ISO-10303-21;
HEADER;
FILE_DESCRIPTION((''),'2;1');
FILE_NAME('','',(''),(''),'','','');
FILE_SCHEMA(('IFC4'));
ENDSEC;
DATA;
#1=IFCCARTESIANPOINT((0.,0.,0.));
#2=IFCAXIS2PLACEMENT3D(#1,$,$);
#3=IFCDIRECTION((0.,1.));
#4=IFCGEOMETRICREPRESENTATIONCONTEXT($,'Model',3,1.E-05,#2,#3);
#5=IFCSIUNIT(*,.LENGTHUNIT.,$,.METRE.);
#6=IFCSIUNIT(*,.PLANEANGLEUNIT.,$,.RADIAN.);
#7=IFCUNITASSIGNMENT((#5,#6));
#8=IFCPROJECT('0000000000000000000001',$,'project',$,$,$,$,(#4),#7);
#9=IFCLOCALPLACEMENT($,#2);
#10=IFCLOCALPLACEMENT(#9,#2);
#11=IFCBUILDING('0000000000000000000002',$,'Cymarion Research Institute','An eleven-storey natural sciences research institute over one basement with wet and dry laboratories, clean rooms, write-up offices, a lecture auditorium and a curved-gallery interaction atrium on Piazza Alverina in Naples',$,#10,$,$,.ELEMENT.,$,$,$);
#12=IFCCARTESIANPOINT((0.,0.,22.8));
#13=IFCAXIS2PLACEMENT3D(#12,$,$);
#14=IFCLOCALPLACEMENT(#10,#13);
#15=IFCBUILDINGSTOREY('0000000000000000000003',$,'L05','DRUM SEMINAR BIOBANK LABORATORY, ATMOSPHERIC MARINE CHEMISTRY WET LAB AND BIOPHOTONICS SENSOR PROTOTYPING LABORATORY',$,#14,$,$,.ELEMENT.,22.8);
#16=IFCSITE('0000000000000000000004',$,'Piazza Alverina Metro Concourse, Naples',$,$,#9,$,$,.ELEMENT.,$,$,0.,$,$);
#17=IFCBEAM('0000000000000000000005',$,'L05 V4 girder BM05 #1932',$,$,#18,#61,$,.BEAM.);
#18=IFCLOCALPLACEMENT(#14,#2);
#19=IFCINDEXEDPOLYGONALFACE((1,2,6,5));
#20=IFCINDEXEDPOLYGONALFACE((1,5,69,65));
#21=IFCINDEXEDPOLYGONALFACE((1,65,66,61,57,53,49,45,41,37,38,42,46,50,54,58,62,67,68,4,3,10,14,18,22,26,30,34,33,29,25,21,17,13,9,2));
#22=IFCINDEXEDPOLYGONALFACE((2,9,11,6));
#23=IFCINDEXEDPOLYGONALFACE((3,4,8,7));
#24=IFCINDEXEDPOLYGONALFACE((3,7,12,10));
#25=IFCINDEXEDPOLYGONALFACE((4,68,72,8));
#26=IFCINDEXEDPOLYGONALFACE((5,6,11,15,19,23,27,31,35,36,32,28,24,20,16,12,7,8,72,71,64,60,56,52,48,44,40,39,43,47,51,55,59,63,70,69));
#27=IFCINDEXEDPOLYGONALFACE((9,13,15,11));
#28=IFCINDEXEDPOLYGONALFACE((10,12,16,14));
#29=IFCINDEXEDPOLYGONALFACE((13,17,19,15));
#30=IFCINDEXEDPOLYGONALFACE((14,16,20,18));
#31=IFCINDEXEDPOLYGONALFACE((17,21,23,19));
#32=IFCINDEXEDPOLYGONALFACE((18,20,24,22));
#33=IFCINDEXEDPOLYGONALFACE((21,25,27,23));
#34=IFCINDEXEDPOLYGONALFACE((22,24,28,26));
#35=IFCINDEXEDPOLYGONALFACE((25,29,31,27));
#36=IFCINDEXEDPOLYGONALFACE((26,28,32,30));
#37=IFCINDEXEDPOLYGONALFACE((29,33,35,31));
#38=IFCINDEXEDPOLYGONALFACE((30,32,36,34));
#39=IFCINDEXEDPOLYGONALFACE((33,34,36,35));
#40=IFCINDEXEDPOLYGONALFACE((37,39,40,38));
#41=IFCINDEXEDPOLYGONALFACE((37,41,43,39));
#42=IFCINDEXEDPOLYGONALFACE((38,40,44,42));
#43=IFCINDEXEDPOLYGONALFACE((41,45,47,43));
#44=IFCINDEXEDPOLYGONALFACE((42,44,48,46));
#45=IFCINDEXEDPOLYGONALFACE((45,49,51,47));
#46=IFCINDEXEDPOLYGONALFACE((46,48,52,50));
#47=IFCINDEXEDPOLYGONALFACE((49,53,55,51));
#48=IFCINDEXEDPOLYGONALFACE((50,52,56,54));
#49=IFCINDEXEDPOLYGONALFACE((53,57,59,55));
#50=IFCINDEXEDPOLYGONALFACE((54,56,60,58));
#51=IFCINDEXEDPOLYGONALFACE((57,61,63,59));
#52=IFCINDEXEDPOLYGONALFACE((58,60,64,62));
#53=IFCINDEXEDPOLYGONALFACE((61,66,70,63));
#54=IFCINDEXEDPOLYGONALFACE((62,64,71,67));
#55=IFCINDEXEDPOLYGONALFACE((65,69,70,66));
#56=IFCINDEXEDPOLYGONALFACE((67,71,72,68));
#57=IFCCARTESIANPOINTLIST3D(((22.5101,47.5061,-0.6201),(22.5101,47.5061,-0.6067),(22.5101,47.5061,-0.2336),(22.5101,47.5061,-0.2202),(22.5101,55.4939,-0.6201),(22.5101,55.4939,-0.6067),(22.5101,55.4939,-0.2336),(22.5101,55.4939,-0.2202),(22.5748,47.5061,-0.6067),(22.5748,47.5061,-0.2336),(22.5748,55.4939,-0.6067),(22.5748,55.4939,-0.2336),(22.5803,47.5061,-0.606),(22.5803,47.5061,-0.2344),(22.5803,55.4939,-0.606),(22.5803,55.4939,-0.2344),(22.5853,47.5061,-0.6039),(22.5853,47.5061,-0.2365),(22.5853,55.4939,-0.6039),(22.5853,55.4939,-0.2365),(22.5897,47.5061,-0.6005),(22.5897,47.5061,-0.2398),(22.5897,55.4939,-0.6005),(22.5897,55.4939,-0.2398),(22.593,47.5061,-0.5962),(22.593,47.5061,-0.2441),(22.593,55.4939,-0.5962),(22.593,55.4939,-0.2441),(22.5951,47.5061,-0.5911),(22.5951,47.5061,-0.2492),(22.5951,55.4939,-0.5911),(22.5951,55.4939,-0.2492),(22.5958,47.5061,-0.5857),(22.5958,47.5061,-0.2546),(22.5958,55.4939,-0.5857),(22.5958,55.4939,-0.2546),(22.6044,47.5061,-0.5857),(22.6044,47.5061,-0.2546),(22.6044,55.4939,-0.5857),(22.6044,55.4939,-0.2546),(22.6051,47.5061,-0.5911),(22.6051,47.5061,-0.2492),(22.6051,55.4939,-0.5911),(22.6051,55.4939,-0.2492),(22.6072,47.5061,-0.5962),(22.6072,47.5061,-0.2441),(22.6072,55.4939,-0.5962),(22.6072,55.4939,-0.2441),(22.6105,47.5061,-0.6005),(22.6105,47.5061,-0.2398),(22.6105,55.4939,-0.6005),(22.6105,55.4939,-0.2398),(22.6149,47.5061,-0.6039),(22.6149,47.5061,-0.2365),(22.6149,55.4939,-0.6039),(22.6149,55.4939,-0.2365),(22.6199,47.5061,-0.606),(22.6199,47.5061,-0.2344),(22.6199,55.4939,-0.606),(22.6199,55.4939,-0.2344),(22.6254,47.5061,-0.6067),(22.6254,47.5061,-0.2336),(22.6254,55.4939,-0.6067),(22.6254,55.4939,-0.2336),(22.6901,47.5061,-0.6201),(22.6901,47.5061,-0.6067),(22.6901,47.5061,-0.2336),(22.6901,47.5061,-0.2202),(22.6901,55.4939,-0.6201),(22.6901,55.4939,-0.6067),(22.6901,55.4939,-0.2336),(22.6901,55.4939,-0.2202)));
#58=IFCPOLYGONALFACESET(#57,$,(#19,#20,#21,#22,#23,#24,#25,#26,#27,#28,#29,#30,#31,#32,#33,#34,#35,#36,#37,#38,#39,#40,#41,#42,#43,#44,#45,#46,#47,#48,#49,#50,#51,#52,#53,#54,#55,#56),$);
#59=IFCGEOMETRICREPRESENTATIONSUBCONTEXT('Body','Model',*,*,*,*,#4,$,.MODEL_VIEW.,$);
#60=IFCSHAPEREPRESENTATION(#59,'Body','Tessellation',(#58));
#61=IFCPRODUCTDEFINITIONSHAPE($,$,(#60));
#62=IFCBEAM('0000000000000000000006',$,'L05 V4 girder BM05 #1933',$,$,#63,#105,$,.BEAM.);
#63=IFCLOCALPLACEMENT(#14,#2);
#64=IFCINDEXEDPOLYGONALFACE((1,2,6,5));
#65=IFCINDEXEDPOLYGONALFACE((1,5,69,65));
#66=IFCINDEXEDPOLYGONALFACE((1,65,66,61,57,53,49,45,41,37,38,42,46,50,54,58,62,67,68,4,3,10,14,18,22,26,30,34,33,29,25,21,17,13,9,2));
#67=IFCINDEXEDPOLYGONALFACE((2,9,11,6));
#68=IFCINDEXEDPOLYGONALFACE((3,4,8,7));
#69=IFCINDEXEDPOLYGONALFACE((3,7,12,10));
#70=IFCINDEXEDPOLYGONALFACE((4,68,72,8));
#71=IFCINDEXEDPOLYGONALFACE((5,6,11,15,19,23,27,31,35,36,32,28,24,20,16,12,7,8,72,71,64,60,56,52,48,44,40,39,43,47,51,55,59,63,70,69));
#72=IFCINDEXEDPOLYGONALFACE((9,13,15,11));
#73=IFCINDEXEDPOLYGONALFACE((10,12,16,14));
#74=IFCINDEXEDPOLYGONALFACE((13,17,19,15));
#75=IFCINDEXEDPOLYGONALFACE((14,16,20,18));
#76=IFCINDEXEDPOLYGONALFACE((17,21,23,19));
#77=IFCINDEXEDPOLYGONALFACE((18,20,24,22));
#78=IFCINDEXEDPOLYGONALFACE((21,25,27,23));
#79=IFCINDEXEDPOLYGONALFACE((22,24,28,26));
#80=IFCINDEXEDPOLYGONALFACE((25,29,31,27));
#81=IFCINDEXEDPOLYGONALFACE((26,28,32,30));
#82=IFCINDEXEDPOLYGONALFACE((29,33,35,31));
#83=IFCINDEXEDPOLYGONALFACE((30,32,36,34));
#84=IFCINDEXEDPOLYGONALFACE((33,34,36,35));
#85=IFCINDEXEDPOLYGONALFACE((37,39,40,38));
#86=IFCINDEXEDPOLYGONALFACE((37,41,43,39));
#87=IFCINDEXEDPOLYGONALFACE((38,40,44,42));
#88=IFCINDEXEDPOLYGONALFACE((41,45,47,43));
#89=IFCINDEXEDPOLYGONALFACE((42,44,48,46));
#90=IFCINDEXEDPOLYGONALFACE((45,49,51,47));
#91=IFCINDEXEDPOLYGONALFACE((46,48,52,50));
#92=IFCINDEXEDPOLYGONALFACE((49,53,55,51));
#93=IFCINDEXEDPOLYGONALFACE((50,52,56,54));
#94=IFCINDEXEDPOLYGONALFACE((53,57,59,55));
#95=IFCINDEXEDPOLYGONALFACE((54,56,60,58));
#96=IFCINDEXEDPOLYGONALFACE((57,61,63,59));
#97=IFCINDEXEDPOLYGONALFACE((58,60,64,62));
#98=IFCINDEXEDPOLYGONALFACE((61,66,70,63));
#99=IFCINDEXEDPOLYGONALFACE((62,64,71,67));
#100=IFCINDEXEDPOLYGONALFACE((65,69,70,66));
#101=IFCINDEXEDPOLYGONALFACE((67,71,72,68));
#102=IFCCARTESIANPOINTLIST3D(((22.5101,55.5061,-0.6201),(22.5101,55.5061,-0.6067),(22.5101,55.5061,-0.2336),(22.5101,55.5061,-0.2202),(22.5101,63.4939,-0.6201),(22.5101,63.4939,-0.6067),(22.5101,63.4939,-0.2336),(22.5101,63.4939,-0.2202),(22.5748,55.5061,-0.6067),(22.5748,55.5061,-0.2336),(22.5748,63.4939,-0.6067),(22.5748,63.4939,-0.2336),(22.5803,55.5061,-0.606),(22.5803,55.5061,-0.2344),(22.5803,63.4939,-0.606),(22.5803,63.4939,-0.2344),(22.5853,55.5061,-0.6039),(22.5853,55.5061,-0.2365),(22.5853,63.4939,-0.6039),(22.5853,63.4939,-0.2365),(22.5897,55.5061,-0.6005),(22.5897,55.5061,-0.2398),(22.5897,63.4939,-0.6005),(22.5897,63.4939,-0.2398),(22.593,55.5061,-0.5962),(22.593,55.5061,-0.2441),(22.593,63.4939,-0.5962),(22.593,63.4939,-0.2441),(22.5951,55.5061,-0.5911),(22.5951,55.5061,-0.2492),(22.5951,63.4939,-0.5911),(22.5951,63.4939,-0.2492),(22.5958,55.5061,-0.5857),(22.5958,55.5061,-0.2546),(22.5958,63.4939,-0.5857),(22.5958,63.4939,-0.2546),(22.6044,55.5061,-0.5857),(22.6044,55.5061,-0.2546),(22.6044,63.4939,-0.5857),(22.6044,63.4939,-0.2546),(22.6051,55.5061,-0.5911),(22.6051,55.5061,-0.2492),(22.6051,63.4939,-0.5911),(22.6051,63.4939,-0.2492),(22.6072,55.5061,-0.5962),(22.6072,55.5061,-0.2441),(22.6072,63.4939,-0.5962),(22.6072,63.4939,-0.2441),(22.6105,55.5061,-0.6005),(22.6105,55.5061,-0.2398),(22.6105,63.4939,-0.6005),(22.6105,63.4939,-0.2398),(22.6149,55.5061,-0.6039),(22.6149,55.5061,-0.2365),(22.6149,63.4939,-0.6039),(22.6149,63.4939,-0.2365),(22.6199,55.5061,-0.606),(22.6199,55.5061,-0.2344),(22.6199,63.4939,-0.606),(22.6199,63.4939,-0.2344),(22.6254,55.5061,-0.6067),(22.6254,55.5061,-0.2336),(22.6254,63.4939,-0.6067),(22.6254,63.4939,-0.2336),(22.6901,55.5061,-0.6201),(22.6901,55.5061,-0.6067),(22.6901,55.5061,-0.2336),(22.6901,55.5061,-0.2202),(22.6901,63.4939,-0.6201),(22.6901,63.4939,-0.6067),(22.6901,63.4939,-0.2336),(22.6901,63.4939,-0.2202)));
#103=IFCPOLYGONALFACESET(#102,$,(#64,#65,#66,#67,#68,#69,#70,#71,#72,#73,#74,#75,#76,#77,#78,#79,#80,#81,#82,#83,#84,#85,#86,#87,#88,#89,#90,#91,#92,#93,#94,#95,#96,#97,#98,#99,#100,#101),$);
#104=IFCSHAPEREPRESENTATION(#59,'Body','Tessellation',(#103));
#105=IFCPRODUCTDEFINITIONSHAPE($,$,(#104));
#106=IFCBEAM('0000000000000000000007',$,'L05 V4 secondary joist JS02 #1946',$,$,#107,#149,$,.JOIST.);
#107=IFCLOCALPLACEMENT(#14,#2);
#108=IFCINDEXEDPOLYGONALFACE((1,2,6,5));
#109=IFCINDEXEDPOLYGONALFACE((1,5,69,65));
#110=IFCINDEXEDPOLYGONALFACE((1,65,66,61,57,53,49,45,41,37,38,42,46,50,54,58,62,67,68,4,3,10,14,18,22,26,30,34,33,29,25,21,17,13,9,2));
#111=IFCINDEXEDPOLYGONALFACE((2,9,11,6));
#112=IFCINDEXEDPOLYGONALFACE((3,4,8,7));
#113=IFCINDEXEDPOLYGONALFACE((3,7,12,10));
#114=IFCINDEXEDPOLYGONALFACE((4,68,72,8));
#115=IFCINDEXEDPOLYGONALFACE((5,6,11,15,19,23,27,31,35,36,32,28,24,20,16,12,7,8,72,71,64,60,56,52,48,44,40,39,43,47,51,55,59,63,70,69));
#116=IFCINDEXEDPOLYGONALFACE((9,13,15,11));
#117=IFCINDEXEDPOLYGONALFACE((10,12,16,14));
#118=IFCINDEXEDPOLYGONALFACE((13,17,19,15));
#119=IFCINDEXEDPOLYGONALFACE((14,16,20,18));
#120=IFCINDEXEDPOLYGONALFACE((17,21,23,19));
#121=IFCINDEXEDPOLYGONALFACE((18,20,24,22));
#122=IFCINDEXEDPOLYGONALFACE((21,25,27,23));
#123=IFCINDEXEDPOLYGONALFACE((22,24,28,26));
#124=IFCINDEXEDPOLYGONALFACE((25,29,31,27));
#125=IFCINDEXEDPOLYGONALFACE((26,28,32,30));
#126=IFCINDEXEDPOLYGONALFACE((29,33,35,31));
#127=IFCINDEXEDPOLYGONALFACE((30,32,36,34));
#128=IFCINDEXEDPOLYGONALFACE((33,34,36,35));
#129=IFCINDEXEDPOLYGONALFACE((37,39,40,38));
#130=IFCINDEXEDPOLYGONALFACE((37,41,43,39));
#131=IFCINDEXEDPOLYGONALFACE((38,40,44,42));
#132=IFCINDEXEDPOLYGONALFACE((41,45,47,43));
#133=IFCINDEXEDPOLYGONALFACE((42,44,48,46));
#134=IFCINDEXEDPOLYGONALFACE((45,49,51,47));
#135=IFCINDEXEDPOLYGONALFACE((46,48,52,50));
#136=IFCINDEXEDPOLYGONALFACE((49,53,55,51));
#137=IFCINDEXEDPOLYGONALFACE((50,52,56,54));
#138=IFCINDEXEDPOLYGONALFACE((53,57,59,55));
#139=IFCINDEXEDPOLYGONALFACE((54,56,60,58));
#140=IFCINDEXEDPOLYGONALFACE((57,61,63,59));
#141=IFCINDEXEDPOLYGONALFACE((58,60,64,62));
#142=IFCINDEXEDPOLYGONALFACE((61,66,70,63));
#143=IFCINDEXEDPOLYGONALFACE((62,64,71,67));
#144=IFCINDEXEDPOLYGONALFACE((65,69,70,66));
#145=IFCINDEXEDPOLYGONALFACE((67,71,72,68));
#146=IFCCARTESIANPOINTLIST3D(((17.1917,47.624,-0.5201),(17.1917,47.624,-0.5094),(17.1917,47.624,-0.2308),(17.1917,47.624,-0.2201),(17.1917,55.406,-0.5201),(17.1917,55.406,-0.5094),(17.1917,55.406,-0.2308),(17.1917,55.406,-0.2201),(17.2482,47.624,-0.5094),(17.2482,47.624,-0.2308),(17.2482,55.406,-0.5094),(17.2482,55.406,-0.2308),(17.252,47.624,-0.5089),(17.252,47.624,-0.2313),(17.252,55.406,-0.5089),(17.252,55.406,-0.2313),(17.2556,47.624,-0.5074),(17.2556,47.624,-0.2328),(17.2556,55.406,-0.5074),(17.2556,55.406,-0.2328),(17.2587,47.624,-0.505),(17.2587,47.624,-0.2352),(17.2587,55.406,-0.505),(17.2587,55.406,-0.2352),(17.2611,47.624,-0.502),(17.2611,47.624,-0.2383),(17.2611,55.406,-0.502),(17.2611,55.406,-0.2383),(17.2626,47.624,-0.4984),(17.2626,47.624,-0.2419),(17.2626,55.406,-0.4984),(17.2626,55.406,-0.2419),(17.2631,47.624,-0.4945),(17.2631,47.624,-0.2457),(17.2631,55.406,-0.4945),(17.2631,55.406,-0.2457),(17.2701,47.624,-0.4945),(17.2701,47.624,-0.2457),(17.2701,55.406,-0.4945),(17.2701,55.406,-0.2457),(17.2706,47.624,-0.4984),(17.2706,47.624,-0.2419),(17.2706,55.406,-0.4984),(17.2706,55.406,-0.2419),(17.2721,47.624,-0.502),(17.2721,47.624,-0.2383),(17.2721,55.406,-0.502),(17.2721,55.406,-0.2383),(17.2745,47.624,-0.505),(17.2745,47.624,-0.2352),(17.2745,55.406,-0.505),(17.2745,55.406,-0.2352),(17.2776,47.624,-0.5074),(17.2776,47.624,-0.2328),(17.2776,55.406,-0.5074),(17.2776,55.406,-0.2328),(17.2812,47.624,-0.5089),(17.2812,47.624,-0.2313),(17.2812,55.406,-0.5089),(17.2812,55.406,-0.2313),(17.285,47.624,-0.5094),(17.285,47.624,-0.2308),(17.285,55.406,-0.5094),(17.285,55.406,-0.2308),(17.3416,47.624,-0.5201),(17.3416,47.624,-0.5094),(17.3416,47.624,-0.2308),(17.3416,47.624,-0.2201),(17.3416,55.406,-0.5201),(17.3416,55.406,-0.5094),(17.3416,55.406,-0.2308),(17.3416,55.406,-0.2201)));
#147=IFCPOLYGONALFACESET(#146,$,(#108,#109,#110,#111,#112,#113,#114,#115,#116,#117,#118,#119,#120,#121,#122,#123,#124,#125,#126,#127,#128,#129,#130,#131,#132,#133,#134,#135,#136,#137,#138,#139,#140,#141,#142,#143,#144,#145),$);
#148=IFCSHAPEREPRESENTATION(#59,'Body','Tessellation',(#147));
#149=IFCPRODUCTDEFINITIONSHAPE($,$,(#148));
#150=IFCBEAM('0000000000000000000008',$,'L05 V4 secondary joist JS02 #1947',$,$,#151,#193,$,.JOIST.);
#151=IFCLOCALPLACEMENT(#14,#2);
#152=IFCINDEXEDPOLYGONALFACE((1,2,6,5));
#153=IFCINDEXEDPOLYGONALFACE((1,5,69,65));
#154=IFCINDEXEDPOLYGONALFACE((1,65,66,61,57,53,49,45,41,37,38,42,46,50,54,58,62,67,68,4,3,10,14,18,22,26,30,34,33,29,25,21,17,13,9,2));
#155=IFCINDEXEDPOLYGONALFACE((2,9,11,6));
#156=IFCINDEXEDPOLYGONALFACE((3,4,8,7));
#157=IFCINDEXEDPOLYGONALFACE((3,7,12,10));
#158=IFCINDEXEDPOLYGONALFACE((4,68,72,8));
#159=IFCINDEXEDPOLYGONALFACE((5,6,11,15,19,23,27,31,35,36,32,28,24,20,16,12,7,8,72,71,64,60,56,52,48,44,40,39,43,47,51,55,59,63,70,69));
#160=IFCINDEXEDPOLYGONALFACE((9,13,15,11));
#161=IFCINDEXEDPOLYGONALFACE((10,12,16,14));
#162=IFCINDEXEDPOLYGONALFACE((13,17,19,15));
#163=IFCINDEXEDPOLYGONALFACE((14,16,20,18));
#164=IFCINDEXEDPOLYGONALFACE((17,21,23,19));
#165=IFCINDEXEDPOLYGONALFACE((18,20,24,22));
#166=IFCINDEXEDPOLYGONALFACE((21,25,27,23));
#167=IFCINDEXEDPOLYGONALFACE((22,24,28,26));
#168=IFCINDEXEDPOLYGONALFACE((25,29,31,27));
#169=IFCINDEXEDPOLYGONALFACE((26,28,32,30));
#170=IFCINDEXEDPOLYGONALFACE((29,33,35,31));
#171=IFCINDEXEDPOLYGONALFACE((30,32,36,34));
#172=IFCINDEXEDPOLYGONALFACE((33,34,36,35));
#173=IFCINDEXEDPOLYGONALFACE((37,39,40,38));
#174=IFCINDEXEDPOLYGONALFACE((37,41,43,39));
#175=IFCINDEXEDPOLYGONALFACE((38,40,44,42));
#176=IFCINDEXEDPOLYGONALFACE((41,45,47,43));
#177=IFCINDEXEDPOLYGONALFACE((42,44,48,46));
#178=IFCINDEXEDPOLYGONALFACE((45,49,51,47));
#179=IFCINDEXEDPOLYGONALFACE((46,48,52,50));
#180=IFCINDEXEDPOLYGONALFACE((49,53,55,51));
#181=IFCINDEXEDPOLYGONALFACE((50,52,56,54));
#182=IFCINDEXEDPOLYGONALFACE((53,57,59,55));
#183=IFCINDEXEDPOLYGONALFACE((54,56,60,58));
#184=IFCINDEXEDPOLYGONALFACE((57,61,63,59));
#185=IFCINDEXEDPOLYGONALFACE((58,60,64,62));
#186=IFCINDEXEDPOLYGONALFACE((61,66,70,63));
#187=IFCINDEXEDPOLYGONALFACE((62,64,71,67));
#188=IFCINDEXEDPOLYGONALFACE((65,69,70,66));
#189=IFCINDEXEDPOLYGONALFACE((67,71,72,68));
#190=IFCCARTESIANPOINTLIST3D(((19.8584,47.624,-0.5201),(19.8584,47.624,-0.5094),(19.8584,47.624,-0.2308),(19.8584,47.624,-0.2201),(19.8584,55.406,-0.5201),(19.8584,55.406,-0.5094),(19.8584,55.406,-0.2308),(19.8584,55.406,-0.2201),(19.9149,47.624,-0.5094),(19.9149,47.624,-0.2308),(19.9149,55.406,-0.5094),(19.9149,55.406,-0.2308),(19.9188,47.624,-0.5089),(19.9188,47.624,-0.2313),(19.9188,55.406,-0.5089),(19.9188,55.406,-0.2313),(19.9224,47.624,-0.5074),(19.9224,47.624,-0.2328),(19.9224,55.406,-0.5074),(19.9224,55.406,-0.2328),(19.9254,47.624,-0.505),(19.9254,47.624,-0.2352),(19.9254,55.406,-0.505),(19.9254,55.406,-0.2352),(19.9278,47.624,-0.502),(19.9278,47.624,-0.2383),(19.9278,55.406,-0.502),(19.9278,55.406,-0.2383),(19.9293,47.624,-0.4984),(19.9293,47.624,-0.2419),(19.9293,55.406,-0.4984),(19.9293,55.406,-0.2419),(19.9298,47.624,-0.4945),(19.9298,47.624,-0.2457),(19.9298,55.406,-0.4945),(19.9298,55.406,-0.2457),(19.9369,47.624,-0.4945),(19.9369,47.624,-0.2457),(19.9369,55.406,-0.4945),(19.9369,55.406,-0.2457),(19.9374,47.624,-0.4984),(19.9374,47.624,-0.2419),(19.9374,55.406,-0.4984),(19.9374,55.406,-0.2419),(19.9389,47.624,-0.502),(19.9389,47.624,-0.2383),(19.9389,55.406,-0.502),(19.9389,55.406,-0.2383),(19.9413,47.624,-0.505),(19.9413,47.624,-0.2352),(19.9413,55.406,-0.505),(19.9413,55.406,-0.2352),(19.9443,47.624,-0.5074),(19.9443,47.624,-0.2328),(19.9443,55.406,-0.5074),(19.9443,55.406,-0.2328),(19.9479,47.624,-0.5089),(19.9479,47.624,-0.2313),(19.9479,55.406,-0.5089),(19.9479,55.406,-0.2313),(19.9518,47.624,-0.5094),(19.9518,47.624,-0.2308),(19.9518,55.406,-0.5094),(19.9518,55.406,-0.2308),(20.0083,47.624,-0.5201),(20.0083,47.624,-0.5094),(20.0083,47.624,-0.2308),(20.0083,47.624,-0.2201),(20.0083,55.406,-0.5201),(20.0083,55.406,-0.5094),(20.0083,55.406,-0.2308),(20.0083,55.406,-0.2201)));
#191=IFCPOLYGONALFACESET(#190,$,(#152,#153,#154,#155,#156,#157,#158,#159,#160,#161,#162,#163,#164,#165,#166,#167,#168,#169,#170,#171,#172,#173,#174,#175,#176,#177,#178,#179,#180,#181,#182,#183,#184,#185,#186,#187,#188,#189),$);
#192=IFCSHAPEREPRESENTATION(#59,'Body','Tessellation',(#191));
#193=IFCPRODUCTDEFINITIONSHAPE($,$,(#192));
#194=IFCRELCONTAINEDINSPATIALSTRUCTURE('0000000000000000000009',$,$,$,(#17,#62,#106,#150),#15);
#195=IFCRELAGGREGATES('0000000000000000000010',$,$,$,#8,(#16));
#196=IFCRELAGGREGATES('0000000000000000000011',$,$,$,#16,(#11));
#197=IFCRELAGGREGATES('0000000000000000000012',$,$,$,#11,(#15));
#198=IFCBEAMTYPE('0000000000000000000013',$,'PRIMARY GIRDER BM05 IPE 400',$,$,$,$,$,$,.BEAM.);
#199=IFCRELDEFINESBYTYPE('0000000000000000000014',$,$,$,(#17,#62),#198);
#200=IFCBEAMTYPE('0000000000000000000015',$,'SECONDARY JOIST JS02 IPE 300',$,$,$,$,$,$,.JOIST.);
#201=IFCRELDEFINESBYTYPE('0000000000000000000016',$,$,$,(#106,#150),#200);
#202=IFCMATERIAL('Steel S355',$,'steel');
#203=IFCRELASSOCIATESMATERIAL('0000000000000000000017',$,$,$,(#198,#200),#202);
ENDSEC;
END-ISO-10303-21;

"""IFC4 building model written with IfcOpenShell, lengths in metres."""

from ifc_helpers import new_model, si_unit, direction, frame, origin, origin_2d, place, context, subcontext, project, spatial, i_section, extrude, material, material_profile, profile_set, type_object, element, save


model = new_model("IFC4")

# Units and contexts
model_context = context("Model", 3, precision=1e-05, world=origin(), true_north=direction((0.0, 1.0)))
body_context = subcontext(model_context, "Body", "Model", "MODEL_VIEW")
ifc_project = project(units=[si_unit("LENGTHUNIT", "METRE"), si_unit("PLANEANGLEUNIT", "RADIAN")], contexts=[model_context])

# Site, building, storey
site_placement = place(None, origin())
site = spatial("IfcSite", under=ifc_project, at=site_placement, Name="Piazza Alverina Metro Concourse, Naples", CompositionType="ELEMENT", RefElevation=0.0)
building_placement = place(site_placement, origin())
building = spatial("IfcBuilding", under=site, at=building_placement, Name="Cymarion Research Institute", Description="An eleven-storey natural sciences research institute over one basement with wet and dry laboratories, clean rooms, write-up offices, a lecture auditorium and a curved-gallery interaction atrium on Piazza Alverina in Naples", CompositionType="ELEMENT")
storey_placement = place(building_placement, frame((0.0, 0.0, 22.8)))
storey = spatial("IfcBuildingStorey", under=building, at=storey_placement, Name="L05", Description="DRUM SEMINAR BIOBANK LABORATORY, ATMOSPHERIC MARINE CHEMISTRY WET LAB AND BIOPHOTONICS SENSOR PROTOTYPING LABORATORY", CompositionType="ELEMENT", Elevation=22.8)

# Shared definitions
ifc_material_1 = material(Name="Steel S355", Category="steel")

# Beams
ifc_material_profile_1 = material_profile(ifc_material_1, i_section(OverallWidth=0.1799, OverallDepth=0.3999, WebThickness=0.0085, FlangeThickness=0.0134, FilletRadius=0.021, at=origin_2d()), Name="IPE 400")
ifc_profile_set_1 = profile_set([ifc_material_profile_1], Name="Steel S355")
beam_type_1 = type_object("IfcBeamType", Name="PRIMARY GIRDER BM05 IPE 400", PredefinedType="BEAM", material=ifc_profile_set_1)
for number, where, z_axis, x_axis, name in (
    (1, (22.6001, 47.5061, -0.4202), (0.0, 1.0, 0.0), (-1.0, 0.0, 0.0), "L05 V4 girder BM05 #1932"),
    (2, (22.6001, 55.5061, -0.4202), (0.0, 1.0, 0.0), (-1.0, 0.0, 0.0), "L05 V4 girder BM05 #1933"),
):
    element("IfcBeam", number, at=place(storey_placement, frame(where, z_axis=z_axis, x_axis=x_axis)), inside=storey, type_object=beam_type_1, Name=name, PredefinedType="BEAM", context=body_context, shape_type="SweptSolid", body=[
        extrude(i_section(OverallWidth=0.1799, OverallDepth=0.3999, WebThickness=0.0085, FlangeThickness=0.0134, FilletRadius=0.021, at=origin_2d()), origin(), (0.0, 0.0, 1.0), 7.9878),
    ])
ifc_material_profile_2 = material_profile(ifc_material_1, i_section(OverallWidth=0.1499, OverallDepth=0.3, WebThickness=0.0071, FlangeThickness=0.0107, FilletRadius=0.0149, at=origin_2d()), Name="IPE 300")
ifc_profile_set_2 = profile_set([ifc_material_profile_2], Name="Steel S355")
beam_type_2 = type_object("IfcBeamType", Name="SECONDARY JOIST JS02 IPE 300", PredefinedType="JOIST", material=ifc_profile_set_2)
for number, where, z_axis, x_axis, name in (
    (3, (17.2666, 47.624, -0.3701), (0.0, 1.0, 0.0), (-1.0, 0.0, 0.0), "L05 V4 secondary joist JS02 #1946"),
    (4, (19.9333, 47.624, -0.3701), (0.0, 1.0, 0.0), (-1.0, 0.0, 0.0), "L05 V4 secondary joist JS02 #1947"),
):
    element("IfcBeam", number, at=place(storey_placement, frame(where, z_axis=z_axis, x_axis=x_axis)), inside=storey, type_object=beam_type_2, Name=name, PredefinedType="JOIST", context=body_context, shape_type="SweptSolid", body=[
        extrude(i_section(OverallWidth=0.1499, OverallDepth=0.3, WebThickness=0.0071, FlangeThickness=0.0107, FilletRadius=0.0149, at=origin_2d()), origin(), (0.0, 0.0, 1.0), 7.782),
    ])

save(model, "model.ifc")
